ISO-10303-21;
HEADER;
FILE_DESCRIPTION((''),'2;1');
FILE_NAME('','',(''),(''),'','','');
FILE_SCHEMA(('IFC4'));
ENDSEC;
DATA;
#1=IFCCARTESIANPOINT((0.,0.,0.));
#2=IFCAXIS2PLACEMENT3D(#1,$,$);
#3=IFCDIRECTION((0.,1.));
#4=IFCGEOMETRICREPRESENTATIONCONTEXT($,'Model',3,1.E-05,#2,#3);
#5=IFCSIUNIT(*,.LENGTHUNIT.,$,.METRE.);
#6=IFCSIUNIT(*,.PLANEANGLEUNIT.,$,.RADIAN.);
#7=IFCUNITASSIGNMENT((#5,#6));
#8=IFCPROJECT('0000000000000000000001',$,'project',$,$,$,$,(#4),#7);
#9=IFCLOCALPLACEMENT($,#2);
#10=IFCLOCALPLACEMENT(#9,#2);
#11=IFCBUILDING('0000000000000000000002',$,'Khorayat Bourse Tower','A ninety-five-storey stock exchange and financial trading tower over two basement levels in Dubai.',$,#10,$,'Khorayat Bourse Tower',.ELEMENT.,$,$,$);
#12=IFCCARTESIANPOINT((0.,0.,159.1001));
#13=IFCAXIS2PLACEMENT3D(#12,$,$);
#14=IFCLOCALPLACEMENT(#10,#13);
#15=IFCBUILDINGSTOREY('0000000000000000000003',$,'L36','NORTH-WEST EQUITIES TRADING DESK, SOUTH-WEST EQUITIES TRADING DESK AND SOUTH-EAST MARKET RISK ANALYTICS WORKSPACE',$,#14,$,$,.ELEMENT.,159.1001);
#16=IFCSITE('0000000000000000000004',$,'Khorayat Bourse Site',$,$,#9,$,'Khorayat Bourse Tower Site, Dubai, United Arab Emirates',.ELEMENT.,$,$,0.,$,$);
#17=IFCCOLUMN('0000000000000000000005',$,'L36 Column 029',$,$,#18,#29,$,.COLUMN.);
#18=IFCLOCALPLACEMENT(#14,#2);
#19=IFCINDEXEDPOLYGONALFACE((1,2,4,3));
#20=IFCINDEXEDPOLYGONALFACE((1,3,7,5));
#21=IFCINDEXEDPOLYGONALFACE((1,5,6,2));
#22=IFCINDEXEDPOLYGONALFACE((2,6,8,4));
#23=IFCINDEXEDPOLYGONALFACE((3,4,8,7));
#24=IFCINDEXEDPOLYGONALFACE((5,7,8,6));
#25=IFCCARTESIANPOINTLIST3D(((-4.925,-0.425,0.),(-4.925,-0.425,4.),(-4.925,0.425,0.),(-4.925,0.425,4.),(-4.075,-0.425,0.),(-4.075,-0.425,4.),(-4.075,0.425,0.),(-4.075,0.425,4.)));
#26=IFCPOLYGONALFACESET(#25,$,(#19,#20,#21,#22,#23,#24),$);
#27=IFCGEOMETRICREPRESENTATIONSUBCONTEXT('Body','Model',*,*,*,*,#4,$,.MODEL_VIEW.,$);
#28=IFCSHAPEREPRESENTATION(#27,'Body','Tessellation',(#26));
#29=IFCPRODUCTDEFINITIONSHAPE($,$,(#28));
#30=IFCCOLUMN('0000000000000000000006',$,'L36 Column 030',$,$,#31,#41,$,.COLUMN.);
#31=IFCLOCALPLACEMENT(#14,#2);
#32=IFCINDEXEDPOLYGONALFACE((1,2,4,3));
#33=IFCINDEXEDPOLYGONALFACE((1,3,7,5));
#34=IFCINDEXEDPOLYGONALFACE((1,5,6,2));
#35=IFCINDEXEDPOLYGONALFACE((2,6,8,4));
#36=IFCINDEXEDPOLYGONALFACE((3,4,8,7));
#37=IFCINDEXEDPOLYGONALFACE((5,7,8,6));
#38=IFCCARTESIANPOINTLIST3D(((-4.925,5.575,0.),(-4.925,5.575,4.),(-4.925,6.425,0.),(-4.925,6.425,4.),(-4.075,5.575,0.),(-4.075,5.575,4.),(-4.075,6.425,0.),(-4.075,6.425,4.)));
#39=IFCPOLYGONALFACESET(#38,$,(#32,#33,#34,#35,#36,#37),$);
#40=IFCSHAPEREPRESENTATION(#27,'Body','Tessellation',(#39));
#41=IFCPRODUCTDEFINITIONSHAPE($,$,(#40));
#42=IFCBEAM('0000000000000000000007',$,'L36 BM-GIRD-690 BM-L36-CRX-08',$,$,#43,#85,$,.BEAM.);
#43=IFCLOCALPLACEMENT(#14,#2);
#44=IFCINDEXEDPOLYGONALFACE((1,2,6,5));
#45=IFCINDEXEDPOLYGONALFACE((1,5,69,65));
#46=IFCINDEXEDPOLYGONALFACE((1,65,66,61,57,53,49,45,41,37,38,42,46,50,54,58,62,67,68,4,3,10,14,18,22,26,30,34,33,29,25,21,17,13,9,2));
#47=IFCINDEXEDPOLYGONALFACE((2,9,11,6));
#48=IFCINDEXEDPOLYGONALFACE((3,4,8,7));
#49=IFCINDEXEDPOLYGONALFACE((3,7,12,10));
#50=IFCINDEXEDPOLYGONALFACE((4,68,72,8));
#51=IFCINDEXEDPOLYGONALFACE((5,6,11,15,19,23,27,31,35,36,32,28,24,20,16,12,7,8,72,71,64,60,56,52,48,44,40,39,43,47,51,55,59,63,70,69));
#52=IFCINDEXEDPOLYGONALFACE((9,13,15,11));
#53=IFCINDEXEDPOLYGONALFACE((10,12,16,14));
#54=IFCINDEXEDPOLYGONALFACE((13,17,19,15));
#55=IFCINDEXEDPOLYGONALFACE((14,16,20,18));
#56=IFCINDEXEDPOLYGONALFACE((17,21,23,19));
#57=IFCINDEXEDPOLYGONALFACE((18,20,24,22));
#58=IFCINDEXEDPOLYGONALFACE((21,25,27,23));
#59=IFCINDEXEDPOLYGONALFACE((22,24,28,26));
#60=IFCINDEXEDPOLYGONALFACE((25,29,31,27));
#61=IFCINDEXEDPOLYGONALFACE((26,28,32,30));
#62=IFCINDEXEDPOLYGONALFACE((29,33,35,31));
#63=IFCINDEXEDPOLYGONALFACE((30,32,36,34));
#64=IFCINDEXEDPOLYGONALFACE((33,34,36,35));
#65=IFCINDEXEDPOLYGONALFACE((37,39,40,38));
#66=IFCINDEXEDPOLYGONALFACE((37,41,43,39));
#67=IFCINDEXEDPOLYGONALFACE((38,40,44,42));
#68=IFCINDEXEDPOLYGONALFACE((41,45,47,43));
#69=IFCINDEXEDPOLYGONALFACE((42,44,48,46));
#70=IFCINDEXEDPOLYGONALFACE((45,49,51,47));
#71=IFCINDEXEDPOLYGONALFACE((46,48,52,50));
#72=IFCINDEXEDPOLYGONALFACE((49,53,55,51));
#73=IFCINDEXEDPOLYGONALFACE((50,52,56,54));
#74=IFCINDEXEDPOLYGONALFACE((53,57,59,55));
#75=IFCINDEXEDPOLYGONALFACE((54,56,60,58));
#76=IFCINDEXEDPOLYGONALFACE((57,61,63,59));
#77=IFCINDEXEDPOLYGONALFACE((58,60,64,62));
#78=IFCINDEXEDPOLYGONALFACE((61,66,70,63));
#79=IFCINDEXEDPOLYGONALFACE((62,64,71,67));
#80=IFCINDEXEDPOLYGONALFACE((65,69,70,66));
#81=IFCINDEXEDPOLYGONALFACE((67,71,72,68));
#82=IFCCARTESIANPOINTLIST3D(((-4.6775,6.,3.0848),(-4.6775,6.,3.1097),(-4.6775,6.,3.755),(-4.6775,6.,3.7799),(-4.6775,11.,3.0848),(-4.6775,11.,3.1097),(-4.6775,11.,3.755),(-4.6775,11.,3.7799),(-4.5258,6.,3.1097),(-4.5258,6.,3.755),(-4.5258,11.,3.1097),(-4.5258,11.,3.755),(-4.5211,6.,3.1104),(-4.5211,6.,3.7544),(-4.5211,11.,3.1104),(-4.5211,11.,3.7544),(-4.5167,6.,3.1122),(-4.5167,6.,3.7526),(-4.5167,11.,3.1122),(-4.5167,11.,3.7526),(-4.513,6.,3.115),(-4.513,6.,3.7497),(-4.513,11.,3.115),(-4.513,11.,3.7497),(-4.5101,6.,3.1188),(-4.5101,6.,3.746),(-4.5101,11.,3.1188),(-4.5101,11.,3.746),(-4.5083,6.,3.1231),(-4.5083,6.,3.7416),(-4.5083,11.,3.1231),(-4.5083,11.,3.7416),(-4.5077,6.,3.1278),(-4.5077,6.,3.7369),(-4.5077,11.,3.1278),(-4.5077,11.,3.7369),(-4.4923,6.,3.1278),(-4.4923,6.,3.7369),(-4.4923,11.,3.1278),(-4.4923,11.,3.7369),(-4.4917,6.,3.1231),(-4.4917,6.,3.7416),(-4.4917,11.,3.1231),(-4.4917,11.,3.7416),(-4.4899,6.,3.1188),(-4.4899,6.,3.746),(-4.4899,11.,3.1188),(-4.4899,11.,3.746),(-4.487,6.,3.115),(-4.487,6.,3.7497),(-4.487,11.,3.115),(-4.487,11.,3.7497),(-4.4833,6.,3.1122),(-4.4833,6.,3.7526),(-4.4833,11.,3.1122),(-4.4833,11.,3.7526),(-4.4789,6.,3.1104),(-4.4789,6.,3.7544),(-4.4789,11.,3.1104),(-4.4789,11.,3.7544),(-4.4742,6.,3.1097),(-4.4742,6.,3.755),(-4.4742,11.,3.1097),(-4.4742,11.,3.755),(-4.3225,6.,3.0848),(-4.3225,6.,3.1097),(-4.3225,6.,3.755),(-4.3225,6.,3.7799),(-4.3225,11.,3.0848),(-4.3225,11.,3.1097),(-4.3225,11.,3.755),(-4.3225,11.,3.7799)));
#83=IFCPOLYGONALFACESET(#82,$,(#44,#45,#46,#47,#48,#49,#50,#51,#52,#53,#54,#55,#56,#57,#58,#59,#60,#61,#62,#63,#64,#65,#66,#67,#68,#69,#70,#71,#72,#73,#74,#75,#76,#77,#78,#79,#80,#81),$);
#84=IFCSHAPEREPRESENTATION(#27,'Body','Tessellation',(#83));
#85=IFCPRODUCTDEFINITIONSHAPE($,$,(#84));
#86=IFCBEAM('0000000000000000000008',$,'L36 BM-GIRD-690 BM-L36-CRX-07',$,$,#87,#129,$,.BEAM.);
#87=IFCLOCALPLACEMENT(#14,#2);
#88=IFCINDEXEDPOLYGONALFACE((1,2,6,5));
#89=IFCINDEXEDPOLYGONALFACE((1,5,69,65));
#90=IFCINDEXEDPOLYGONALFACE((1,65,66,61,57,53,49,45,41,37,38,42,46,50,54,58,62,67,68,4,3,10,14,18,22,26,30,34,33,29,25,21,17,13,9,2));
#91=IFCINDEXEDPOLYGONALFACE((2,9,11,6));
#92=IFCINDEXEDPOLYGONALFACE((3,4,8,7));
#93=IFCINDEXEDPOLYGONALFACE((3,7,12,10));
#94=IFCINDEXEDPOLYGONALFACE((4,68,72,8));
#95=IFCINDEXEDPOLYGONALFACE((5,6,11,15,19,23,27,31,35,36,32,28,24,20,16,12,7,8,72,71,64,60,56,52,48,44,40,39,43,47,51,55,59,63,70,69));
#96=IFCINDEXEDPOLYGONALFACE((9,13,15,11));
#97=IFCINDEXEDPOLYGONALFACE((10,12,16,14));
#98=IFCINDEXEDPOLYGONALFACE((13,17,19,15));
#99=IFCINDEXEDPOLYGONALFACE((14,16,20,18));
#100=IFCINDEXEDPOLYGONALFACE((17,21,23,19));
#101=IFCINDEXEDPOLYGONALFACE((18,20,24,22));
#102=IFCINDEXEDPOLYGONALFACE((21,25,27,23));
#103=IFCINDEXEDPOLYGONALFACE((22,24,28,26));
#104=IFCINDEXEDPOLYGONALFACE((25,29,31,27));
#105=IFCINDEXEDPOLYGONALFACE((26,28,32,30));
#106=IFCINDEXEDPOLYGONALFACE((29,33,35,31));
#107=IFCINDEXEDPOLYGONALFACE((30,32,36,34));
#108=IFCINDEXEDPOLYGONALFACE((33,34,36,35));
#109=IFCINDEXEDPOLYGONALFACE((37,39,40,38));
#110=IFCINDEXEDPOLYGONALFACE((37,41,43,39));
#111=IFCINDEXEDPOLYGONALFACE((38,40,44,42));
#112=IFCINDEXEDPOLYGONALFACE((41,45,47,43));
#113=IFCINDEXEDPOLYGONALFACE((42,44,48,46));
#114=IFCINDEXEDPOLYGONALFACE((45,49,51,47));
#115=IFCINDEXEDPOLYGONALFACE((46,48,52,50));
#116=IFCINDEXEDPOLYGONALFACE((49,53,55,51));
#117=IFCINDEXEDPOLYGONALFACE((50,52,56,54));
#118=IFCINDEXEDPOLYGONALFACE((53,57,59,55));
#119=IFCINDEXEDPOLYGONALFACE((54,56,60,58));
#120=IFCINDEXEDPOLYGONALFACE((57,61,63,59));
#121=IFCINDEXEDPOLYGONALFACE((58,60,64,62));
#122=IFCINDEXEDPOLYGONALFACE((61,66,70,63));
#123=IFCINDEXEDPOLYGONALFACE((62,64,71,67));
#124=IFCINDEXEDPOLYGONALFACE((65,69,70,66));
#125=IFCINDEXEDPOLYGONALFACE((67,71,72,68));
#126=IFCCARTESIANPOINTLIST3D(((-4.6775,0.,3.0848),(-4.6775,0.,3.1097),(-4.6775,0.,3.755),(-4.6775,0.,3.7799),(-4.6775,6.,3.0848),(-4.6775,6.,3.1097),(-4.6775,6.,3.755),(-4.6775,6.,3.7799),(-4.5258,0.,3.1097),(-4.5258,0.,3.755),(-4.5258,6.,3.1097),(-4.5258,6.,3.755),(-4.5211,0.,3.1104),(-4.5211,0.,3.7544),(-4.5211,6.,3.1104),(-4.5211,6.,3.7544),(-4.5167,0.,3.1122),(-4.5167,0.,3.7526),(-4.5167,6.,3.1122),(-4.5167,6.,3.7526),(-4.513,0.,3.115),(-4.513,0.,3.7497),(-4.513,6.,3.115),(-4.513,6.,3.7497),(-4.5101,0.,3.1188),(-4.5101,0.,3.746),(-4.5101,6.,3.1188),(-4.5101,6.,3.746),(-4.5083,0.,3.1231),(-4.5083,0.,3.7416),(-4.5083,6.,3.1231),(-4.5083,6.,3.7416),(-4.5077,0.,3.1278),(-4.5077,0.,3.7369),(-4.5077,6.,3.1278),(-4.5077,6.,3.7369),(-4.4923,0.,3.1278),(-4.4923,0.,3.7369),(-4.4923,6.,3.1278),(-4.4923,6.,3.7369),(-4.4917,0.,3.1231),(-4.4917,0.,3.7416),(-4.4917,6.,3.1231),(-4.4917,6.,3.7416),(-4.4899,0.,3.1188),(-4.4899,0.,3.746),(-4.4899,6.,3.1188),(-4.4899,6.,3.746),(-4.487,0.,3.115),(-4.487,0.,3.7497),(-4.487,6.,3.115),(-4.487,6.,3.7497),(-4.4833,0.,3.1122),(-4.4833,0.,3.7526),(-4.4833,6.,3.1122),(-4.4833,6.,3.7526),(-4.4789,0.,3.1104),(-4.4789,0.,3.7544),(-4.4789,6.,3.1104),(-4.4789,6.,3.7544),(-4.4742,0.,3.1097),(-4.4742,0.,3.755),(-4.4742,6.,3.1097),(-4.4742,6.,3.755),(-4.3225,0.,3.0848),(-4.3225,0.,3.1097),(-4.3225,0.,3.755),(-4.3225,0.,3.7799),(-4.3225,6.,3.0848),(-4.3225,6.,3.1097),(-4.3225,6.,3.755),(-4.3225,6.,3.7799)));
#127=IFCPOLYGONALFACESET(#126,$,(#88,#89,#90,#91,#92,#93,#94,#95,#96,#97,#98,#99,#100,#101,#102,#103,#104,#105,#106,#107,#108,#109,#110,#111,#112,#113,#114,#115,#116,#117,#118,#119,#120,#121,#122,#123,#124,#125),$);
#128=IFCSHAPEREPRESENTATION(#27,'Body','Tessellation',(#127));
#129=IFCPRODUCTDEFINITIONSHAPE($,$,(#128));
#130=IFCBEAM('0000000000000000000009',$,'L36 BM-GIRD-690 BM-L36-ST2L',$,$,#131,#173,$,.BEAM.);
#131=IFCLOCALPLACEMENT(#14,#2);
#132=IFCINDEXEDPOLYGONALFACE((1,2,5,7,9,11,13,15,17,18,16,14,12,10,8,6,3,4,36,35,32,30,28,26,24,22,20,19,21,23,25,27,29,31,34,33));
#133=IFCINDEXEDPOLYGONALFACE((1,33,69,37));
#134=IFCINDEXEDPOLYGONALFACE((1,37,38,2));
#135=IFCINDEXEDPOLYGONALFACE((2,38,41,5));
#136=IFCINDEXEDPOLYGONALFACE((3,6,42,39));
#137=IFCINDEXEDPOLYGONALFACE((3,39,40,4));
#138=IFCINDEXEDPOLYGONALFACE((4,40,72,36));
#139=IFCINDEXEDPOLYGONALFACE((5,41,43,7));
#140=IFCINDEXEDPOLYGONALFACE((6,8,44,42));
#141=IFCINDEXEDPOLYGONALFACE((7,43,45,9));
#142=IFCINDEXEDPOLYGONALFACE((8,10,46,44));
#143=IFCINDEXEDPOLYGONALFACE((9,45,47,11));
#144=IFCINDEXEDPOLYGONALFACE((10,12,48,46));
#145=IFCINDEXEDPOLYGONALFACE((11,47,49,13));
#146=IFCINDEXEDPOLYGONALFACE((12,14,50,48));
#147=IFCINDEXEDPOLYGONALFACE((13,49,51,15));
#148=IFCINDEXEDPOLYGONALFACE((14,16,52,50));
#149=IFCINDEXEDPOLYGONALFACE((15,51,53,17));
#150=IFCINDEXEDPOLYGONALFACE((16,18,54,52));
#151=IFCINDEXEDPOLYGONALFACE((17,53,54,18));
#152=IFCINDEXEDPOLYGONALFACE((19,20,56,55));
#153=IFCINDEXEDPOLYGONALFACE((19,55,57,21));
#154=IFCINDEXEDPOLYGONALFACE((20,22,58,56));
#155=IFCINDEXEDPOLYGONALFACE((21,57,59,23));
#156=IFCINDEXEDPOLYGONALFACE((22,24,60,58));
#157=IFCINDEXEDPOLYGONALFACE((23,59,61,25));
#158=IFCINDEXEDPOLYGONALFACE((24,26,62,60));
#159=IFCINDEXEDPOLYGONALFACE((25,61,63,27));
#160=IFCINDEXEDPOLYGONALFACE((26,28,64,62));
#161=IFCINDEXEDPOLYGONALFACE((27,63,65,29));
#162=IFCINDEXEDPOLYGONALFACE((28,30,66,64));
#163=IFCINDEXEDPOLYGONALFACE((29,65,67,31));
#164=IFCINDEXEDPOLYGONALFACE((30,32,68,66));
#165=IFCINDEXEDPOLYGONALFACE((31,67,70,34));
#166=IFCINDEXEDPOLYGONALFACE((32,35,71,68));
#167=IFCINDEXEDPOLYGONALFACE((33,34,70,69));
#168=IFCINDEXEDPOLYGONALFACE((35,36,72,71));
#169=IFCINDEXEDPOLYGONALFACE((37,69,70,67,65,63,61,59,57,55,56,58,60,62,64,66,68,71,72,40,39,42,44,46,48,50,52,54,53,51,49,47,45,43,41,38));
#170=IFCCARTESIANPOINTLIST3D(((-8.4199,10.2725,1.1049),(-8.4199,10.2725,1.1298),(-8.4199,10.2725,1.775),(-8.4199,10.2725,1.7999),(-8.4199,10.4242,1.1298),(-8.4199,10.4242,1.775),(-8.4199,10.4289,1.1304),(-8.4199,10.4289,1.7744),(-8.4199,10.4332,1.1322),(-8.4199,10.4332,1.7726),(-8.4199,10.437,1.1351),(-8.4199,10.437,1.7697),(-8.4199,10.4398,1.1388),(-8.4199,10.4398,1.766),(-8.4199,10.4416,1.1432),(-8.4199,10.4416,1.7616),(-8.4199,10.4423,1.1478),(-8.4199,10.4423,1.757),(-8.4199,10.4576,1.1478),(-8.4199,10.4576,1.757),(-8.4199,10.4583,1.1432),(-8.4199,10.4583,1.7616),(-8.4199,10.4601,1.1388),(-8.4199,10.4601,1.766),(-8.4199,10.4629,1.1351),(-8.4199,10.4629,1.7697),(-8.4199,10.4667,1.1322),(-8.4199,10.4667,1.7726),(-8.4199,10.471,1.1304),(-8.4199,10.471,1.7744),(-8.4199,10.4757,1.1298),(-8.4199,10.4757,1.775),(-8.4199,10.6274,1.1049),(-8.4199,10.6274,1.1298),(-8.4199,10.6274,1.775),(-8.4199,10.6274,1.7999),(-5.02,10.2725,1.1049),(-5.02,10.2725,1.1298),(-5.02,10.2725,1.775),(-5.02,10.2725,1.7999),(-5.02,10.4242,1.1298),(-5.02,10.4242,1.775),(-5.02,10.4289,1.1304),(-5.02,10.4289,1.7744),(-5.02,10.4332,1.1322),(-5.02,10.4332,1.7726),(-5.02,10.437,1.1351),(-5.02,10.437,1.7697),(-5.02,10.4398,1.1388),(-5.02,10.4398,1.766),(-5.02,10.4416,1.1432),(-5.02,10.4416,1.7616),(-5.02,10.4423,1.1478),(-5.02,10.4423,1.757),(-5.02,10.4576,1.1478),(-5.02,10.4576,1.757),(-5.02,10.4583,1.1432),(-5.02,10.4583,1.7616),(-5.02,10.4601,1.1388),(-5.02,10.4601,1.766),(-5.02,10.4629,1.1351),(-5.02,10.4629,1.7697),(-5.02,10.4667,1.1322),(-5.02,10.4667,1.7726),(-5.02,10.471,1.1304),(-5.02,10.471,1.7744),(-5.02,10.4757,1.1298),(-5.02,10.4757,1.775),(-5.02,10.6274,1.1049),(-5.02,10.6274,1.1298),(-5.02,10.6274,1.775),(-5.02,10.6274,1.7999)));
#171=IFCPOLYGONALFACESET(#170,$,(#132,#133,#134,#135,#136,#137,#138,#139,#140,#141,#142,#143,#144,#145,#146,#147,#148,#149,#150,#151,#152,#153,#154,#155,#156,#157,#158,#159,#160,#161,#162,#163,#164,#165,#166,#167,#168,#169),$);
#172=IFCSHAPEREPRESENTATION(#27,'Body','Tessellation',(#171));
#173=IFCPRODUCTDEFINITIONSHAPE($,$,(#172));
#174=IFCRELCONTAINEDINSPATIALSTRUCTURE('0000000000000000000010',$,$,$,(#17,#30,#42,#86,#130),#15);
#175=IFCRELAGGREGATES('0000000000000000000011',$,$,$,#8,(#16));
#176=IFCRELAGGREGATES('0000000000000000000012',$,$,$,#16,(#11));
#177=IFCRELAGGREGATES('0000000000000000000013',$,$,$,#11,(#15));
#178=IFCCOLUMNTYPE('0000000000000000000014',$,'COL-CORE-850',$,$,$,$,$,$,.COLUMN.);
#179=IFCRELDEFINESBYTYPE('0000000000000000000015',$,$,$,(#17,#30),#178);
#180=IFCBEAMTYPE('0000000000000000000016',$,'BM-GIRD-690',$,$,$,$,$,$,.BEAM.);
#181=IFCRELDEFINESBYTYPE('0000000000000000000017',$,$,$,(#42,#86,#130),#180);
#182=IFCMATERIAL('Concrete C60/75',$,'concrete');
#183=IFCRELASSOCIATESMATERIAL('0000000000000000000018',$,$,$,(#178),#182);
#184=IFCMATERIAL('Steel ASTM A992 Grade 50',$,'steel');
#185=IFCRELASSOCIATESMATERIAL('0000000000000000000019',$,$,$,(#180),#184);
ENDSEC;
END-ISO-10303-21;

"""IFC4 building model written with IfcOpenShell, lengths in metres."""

from ifc_helpers import new_model, si_unit, direction, frame, origin, origin_2d, place, context, subcontext, project, spatial, rectangle, i_section, extrude, source, transform, mapped, material, material_profile, profile_set, type_object, element, save


model = new_model("IFC4")

# Units and contexts
model_context = context("Model", 3, precision=1e-05, world=origin(), true_north=direction((0.0, 1.0)))
body_context = subcontext(model_context, "Body", "Model", "MODEL_VIEW")
ifc_project = project(units=[si_unit("LENGTHUNIT", "METRE"), si_unit("PLANEANGLEUNIT", "RADIAN")], contexts=[model_context])

# Site, building, storey
site_placement = place(None, origin())
site = spatial("IfcSite", under=ifc_project, at=site_placement, Name="Khorayat Bourse Site", LongName="Khorayat Bourse Tower Site, Dubai, United Arab Emirates", CompositionType="ELEMENT", RefElevation=0.0)
building_placement = place(site_placement, origin())
building = spatial("IfcBuilding", under=site, at=building_placement, Name="Khorayat Bourse Tower", Description="A ninety-five-storey stock exchange and financial trading tower over two basement levels in Dubai.", LongName="Khorayat Bourse Tower", CompositionType="ELEMENT")
storey_placement = place(building_placement, frame((0.0, 0.0, 159.1001)))
storey = spatial("IfcBuildingStorey", under=building, at=storey_placement, Name="L36", Description="NORTH-WEST EQUITIES TRADING DESK, SOUTH-WEST EQUITIES TRADING DESK AND SOUTH-EAST MARKET RISK ANALYTICS WORKSPACE", CompositionType="ELEMENT", Elevation=159.1001)

# Columns
ifc_material_1 = material(Name="Concrete C60/75", Category="concrete")
ifc_material_profile_1 = material_profile(ifc_material_1, rectangle(XDim=0.8501, YDim=0.8501, at=origin_2d()), Name="RC 850x850")
ifc_profile_set_1 = profile_set([ifc_material_profile_1], Name="Concrete C60/75")
column_type = type_object("IfcColumnType", Name="COL-CORE-850", PredefinedType="COLUMN", material=ifc_profile_set_1)
shared_shape_1 = source(origin(), body_context, "Body", "SweptSolid", [
    extrude(rectangle(XDim=0.8501, YDim=0.8501, at=origin_2d()), origin(), (0.0, 0.0, 1.0), 4.0),
])
for number, where, z_axis, x_axis, name in (
    (1, (-4.5, 0.0, 0.0), (0.0, 0.0, 1.0), (1.0, 0.0, 0.0), "L36 Column 029"),
    (2, (-4.5, 6.0, 0.0), (0.0, 0.0, 1.0), (1.0, 0.0, 0.0), "L36 Column 030"),
):
    element("IfcColumn", number, at=place(storey_placement, frame(where, z_axis=z_axis, x_axis=x_axis)), inside=storey, type_object=column_type, Name=name, PredefinedType="COLUMN", context=body_context, shape_type="MappedRepresentation", body=[
        mapped(shared_shape_1, transform((0.0, 0.0, 0.0), scale=1.0)),
    ])

# Beams
ifc_material_2 = material(Name="Steel ASTM A992 Grade 50", Category="steel")
ifc_material_profile_2 = material_profile(ifc_material_2, i_section(OverallWidth=0.355, OverallDepth=0.6951, WebThickness=0.0154, FlangeThickness=0.0249, FilletRadius=0.0181, at=origin_2d()), Name="W690X217")
ifc_profile_set_2 = profile_set([ifc_material_profile_2], Name="Steel ASTM A992 Grade 50")
beam_type = type_object("IfcBeamType", Name="BM-GIRD-690", PredefinedType="BEAM", material=ifc_profile_set_2)
shared_shape_2 = source(origin(), body_context, "Body", "SweptSolid", [
    extrude(i_section(OverallWidth=0.355, OverallDepth=0.6951, WebThickness=0.0154, FlangeThickness=0.0249, FilletRadius=0.0181, at=origin_2d()), origin(), (0.0, 0.0, 1.0), 5.0),
])
beam_1_placement = place(storey_placement, frame((-4.5, 6.0, 3.4324), z_axis=(0.0, 1.0, 0.0), x_axis=(-1.0, 0.0, 0.0)))
element("IfcBeam", 3, at=beam_1_placement, inside=storey, type_object=beam_type, Name="L36 BM-GIRD-690 BM-L36-CRX-08", PredefinedType="BEAM", context=body_context, shape_type="MappedRepresentation", body=[
    mapped(shared_shape_2, transform((0.0, 0.0, 0.0), scale=1.0)),
])
shared_shape_3 = source(origin(), body_context, "Body", "SweptSolid", [
    extrude(i_section(OverallWidth=0.355, OverallDepth=0.6951, WebThickness=0.0154, FlangeThickness=0.0249, FilletRadius=0.0181, at=origin_2d()), origin(), (0.0, 0.0, 1.0), 6.0),
])
beam_2_placement = place(storey_placement, frame((-4.5, 0.0, 3.4324), z_axis=(0.0, 1.0, 0.0), x_axis=(-1.0, 0.0, 0.0)))
element("IfcBeam", 4, at=beam_2_placement, inside=storey, type_object=beam_type, Name="L36 BM-GIRD-690 BM-L36-CRX-07", PredefinedType="BEAM", context=body_context, shape_type="MappedRepresentation", body=[
    mapped(shared_shape_3, transform((0.0, 0.0, 0.0), scale=1.0)),
])
shared_shape_4 = source(origin(), body_context, "Body", "SweptSolid", [
    extrude(i_section(OverallWidth=0.355, OverallDepth=0.6951, WebThickness=0.0154, FlangeThickness=0.0249, FilletRadius=0.0181, at=origin_2d()), origin(), (0.0, 0.0, 1.0), 3.3999),
])
beam_3_placement = place(storey_placement, frame((-8.4199, 10.45, 1.4524), z_axis=(1.0, 0.0, 0.0), x_axis=(0.0, 1.0, 0.0)))
element("IfcBeam", 5, at=beam_3_placement, inside=storey, type_object=beam_type, Name="L36 BM-GIRD-690 BM-L36-ST2L", PredefinedType="BEAM", context=body_context, shape_type="MappedRepresentation", body=[
    mapped(shared_shape_4, transform((0.0, 0.0, 0.0), scale=1.0)),
])

save(model, "model.ifc")
